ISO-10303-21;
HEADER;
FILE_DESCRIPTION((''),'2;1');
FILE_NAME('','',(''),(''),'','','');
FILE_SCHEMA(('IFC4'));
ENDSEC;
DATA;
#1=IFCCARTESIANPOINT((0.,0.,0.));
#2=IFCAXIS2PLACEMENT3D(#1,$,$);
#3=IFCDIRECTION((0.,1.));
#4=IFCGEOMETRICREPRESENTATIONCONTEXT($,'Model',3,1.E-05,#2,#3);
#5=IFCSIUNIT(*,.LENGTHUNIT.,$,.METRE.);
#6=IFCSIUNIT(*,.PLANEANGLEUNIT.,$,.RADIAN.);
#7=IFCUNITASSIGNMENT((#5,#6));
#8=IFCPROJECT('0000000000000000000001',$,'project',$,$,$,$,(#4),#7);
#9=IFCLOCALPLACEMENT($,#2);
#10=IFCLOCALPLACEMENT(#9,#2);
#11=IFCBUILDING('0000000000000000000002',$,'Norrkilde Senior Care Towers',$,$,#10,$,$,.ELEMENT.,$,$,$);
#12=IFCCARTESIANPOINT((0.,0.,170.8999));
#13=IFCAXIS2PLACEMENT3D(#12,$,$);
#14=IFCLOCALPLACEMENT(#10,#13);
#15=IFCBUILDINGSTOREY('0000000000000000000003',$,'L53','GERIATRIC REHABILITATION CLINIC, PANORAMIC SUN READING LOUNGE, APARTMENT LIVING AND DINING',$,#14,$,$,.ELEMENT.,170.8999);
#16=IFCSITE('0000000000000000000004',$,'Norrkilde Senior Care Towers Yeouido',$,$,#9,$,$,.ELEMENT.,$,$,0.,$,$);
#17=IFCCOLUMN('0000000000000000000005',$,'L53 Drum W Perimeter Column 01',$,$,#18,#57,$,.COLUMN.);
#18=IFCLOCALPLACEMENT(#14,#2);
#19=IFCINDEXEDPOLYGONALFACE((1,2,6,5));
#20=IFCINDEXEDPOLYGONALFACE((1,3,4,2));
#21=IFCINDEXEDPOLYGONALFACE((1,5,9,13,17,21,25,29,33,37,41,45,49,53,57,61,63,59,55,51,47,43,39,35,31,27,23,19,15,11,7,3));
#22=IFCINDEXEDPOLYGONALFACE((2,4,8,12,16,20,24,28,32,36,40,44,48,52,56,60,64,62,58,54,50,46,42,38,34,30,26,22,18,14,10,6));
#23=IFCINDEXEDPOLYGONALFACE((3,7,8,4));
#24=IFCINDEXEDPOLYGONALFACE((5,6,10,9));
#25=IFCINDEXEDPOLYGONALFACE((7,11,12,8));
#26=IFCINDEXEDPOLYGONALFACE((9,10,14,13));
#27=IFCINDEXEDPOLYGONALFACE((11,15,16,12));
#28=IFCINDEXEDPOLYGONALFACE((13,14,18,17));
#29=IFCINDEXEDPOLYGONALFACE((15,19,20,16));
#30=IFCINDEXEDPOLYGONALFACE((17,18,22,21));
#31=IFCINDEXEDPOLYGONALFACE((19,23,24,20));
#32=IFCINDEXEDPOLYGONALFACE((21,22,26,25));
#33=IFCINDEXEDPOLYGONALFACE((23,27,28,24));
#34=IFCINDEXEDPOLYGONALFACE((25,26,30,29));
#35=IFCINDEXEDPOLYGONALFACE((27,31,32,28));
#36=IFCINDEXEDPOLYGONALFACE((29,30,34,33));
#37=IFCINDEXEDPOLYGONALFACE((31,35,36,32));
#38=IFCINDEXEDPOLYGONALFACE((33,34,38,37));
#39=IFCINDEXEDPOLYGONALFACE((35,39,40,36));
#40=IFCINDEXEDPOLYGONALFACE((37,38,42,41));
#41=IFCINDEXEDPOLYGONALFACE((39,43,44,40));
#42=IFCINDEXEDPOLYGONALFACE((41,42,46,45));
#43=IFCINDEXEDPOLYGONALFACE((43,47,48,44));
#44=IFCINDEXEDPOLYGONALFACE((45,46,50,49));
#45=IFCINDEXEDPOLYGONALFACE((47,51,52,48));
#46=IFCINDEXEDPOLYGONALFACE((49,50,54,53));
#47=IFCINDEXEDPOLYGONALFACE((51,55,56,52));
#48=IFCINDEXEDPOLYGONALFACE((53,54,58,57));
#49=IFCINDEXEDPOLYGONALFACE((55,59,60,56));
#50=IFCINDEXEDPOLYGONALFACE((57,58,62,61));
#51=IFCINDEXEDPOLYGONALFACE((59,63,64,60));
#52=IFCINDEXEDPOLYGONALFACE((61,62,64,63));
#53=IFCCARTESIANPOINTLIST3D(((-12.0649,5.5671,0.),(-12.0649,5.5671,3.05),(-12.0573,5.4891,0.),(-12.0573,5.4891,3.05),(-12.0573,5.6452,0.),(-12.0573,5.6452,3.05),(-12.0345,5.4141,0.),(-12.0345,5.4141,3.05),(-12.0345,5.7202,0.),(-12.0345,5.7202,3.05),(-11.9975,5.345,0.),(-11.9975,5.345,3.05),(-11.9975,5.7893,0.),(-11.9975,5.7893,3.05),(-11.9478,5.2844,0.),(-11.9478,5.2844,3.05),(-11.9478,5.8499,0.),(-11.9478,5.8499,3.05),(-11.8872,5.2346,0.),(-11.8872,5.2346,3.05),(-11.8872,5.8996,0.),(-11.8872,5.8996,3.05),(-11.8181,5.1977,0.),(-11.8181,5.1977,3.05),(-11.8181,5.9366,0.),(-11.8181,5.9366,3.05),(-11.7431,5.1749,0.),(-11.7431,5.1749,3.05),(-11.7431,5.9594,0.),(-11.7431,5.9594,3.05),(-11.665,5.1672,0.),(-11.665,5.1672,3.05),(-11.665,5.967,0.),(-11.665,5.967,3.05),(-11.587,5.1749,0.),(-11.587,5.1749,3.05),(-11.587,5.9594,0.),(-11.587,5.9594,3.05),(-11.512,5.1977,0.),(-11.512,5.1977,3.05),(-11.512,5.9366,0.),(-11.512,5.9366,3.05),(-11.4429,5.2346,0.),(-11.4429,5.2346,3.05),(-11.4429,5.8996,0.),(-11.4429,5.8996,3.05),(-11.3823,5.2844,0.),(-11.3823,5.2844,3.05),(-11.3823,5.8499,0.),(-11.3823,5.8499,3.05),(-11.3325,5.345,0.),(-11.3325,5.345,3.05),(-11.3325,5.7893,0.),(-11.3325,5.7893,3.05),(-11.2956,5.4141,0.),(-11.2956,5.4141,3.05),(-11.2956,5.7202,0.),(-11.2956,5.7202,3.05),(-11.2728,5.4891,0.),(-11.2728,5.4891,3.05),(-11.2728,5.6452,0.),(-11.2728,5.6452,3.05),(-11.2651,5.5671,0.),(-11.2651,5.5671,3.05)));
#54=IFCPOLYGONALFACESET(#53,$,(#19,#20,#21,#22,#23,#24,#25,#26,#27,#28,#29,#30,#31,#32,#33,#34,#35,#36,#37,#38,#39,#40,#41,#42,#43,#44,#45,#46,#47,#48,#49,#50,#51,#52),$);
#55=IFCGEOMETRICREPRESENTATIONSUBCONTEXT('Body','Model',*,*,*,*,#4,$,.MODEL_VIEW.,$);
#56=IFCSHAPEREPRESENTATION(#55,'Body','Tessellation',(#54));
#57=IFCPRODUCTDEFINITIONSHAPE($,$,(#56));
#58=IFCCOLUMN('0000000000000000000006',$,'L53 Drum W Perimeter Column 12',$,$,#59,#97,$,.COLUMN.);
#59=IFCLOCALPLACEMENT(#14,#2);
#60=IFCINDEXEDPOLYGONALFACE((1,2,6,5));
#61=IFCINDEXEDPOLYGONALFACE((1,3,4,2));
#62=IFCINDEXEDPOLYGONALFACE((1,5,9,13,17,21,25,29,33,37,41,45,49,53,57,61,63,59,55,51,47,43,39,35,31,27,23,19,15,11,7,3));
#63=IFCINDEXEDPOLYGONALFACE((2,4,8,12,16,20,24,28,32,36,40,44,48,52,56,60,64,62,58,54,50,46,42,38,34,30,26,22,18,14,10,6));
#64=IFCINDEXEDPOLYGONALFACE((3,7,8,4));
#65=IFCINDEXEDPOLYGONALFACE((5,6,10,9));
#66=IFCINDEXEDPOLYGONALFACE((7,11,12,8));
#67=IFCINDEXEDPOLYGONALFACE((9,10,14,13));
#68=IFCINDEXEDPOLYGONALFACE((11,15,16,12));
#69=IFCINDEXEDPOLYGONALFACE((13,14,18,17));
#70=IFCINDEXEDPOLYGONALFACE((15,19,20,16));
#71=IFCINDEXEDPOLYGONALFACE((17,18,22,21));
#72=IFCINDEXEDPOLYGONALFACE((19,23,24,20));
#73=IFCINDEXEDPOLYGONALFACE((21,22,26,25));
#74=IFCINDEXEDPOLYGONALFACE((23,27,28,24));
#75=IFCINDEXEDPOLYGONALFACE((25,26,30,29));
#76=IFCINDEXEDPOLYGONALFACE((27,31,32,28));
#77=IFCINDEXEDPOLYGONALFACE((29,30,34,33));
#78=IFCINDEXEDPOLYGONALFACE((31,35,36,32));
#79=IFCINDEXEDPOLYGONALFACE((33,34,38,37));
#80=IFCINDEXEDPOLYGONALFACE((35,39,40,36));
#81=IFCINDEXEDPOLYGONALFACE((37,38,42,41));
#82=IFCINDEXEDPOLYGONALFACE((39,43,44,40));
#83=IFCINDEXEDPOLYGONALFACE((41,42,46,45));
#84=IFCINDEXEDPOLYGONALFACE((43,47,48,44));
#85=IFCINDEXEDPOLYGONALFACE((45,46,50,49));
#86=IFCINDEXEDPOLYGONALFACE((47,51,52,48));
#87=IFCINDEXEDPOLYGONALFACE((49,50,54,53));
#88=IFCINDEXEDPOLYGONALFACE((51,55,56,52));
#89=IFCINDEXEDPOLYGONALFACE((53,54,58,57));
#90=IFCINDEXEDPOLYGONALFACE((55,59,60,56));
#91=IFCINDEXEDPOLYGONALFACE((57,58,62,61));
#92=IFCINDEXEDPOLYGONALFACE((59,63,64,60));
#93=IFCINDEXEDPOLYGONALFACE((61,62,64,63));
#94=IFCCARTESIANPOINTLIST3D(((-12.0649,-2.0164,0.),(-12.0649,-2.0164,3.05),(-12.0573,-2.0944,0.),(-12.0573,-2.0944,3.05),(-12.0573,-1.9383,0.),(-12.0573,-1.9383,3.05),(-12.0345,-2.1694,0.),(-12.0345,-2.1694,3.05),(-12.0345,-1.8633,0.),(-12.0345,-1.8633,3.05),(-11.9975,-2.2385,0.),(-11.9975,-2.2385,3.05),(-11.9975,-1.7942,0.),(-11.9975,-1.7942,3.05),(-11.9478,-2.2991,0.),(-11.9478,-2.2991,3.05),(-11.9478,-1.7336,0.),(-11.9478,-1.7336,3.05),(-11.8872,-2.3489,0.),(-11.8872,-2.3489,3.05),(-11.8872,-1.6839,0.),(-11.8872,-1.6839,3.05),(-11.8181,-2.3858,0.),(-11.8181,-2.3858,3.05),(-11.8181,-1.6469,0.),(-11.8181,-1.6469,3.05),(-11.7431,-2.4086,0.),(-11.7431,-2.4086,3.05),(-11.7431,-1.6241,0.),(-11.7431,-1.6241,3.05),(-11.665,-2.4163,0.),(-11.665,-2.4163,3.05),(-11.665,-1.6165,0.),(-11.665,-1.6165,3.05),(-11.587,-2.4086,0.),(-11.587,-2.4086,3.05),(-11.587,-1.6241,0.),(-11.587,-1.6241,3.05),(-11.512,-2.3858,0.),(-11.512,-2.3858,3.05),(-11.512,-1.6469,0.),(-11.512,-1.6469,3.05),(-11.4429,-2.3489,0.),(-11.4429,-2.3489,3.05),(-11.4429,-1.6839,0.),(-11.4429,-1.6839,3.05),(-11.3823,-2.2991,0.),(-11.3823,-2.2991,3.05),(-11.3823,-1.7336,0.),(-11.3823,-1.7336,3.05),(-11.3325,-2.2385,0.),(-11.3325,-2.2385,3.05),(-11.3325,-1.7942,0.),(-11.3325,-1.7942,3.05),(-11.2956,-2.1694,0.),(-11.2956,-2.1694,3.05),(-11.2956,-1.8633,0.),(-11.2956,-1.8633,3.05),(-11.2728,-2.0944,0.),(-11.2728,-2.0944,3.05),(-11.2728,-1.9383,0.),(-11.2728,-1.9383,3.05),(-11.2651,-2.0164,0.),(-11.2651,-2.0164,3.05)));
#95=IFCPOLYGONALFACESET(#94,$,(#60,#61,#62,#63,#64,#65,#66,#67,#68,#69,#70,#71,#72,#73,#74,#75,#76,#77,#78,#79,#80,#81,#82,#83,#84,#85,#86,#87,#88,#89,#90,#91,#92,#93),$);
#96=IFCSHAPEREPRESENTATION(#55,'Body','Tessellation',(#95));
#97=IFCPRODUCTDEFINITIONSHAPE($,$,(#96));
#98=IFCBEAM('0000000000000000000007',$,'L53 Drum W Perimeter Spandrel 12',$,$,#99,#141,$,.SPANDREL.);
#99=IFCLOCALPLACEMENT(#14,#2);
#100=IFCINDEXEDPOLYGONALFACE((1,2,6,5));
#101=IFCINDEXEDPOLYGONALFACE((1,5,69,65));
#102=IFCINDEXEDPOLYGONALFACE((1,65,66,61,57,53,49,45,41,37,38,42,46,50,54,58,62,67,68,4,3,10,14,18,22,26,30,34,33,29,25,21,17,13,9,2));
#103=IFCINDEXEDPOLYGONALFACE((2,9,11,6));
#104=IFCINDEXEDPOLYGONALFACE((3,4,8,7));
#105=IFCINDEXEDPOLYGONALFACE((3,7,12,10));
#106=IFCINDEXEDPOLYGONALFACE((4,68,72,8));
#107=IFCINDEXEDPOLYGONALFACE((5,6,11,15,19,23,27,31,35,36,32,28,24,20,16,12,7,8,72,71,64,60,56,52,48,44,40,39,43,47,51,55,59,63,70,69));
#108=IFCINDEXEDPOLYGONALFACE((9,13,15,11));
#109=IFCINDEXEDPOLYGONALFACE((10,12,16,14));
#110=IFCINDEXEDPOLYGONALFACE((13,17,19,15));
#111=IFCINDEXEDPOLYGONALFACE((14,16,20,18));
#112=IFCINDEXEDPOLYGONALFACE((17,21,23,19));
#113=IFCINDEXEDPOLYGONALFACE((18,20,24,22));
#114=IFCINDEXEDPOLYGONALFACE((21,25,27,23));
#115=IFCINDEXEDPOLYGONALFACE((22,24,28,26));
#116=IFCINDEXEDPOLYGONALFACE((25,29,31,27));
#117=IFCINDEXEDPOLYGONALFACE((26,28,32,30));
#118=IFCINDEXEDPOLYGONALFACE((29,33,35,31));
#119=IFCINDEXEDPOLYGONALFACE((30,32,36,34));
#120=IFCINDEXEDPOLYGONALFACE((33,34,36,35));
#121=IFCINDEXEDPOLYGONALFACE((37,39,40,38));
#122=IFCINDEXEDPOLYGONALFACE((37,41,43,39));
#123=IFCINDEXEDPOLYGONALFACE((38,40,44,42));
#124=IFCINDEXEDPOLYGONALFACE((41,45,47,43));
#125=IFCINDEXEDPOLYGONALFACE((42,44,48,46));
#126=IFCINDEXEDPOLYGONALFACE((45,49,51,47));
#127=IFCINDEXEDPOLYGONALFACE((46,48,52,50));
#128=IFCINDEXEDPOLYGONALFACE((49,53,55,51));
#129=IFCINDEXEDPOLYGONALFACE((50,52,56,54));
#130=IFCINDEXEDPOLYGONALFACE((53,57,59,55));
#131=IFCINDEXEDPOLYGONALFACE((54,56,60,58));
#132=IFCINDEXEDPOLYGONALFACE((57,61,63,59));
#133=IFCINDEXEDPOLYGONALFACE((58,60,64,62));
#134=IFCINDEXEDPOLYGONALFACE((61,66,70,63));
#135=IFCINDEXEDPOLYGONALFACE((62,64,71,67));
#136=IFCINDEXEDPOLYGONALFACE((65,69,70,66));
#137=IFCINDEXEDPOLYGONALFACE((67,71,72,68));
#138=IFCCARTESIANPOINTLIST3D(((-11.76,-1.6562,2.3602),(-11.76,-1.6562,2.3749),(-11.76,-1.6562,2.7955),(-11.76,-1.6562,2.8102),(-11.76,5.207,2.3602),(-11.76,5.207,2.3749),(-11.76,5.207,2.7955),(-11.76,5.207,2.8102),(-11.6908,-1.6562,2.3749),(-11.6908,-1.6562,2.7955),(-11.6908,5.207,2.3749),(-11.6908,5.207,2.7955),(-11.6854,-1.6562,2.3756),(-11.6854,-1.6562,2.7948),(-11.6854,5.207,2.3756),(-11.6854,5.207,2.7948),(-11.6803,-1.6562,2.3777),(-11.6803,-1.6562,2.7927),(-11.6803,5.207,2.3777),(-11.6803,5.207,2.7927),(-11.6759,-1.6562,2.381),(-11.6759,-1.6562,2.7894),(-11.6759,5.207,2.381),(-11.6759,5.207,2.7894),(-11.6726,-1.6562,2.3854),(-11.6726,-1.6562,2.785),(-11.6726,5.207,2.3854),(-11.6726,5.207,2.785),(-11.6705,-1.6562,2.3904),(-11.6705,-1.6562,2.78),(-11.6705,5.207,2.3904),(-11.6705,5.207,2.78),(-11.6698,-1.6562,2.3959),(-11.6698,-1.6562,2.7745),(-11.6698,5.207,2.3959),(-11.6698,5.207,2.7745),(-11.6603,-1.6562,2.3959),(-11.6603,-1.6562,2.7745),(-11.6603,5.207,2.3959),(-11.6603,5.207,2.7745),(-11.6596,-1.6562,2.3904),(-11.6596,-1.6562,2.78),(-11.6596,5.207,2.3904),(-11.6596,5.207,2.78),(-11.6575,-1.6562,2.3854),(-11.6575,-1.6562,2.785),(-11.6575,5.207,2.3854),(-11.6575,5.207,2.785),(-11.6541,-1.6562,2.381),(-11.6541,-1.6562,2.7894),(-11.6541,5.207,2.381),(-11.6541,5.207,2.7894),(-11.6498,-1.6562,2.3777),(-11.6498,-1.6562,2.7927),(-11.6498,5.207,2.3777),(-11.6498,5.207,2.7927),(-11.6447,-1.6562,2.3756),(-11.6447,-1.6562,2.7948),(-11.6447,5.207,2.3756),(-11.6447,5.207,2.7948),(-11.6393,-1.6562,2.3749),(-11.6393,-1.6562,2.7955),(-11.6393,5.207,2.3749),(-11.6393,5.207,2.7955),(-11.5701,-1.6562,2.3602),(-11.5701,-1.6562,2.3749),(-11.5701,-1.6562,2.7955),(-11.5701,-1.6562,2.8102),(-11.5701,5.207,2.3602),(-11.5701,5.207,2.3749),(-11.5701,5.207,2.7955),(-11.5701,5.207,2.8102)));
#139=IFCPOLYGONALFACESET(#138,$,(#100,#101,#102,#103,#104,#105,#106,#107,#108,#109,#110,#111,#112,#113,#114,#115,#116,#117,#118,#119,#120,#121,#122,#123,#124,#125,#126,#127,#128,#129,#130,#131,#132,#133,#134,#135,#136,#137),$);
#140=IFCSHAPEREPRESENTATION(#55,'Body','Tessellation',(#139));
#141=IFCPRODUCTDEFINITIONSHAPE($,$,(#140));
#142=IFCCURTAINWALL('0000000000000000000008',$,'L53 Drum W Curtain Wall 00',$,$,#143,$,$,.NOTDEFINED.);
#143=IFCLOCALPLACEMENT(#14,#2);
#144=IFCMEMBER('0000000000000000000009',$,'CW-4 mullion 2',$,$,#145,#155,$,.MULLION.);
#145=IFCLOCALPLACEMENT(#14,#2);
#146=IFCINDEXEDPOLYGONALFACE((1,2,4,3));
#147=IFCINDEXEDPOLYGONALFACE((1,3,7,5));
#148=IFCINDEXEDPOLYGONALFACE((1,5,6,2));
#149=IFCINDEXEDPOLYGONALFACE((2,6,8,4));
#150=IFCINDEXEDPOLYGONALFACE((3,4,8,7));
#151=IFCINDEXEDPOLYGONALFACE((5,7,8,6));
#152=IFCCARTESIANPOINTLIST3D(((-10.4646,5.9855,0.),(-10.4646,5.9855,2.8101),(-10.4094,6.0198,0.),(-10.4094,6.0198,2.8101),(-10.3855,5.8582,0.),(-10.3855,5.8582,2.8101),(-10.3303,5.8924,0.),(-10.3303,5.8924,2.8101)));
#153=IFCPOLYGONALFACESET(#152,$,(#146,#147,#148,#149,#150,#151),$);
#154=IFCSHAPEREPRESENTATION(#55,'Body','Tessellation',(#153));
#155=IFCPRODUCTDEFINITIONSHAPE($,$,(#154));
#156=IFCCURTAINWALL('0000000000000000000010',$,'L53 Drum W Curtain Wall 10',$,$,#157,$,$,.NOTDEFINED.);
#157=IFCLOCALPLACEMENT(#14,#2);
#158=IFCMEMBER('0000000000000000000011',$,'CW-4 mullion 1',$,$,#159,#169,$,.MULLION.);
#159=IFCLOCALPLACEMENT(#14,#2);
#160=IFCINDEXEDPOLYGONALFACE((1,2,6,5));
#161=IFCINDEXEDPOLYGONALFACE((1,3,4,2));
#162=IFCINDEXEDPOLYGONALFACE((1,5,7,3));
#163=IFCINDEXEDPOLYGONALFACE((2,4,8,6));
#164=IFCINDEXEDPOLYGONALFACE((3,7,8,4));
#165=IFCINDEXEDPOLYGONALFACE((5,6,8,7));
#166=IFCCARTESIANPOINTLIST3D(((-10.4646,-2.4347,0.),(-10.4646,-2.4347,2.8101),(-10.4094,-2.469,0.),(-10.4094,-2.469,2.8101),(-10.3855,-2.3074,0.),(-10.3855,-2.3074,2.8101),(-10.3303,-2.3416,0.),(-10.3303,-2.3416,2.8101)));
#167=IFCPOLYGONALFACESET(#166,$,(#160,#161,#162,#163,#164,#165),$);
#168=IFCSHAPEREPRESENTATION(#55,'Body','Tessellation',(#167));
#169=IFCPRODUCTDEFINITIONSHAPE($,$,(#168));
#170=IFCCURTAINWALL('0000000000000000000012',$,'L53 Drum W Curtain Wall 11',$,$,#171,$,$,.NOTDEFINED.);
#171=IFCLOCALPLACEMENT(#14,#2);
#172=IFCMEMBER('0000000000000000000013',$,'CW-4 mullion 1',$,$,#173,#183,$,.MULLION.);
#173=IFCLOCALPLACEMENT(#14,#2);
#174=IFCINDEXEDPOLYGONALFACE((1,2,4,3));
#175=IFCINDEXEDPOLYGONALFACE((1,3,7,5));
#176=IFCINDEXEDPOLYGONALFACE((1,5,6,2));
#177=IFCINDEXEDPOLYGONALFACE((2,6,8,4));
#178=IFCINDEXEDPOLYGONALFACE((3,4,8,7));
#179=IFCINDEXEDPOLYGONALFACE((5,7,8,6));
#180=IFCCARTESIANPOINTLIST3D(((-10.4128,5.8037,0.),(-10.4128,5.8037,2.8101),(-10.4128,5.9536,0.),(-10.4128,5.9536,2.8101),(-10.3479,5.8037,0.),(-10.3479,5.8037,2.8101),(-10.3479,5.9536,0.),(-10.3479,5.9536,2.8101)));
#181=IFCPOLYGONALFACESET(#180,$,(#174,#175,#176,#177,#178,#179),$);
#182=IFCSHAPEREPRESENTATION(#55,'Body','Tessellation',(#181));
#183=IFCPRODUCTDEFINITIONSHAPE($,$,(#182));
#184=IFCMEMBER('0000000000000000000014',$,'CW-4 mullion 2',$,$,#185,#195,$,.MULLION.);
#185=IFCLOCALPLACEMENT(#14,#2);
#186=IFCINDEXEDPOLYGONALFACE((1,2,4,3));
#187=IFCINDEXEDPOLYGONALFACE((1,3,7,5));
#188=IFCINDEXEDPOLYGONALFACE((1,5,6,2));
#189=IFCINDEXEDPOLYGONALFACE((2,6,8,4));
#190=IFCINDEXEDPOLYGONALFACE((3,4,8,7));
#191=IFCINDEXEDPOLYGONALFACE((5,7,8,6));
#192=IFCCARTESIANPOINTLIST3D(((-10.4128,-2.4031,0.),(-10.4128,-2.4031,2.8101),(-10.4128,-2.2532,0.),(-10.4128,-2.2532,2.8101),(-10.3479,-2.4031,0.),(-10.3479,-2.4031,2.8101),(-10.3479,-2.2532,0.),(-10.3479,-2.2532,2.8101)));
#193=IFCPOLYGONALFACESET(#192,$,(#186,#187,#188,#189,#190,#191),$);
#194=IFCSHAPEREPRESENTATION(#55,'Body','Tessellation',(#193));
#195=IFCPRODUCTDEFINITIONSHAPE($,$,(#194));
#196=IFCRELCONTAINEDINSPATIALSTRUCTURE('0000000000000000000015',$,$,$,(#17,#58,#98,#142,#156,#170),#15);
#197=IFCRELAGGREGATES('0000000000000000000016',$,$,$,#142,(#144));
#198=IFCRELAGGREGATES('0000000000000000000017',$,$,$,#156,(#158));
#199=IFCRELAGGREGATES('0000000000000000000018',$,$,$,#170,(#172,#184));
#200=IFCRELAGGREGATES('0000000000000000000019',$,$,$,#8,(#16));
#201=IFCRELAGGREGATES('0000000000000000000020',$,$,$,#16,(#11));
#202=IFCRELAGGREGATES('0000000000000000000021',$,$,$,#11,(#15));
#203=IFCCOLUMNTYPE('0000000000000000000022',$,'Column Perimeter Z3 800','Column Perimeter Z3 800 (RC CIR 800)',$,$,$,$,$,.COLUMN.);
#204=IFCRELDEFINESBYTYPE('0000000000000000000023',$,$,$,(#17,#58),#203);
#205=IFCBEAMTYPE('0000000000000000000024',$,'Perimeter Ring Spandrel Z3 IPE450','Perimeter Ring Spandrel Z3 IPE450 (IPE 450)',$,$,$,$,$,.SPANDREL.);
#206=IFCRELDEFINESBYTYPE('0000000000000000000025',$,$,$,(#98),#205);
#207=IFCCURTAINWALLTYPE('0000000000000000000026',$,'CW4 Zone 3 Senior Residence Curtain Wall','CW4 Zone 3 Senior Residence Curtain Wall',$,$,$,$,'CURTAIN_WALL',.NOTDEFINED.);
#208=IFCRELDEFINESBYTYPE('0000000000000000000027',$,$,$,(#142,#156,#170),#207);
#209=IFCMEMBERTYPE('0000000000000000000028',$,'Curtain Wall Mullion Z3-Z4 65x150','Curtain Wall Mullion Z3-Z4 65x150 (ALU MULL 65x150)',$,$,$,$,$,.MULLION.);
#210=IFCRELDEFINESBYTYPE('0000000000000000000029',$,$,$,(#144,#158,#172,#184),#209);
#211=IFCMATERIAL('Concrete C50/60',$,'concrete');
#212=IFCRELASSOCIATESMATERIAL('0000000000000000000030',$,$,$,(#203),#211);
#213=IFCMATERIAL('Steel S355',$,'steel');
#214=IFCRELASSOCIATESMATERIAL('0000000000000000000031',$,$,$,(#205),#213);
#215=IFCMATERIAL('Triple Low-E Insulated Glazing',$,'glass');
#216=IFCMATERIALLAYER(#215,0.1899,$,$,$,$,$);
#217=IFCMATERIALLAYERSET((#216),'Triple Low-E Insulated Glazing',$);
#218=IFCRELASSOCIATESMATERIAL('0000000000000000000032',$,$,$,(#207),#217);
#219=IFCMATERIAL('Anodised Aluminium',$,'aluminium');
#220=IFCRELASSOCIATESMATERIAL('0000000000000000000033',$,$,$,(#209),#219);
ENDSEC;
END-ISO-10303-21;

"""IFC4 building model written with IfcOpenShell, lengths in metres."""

from ifc_helpers import new_model, si_unit, direction, frame, origin, origin_2d, place, context, subcontext, project, spatial, rectangle, circle, i_section, extrude, source, transform, mapped, material, layer, layer_set, material_profile, profile_set, type_object, type_shapes, element, aggregate, save


model = new_model("IFC4")

# Units and contexts
model_context = context("Model", 3, precision=1e-05, world=origin(), true_north=direction((0.0, 1.0)))
body_context = subcontext(model_context, "Body", "Model", "MODEL_VIEW")
ifc_project = project(units=[si_unit("LENGTHUNIT", "METRE"), si_unit("PLANEANGLEUNIT", "RADIAN")], contexts=[model_context])

# Site, building, storey
site_placement = place(None, origin())
site = spatial("IfcSite", under=ifc_project, at=site_placement, Name="Norrkilde Senior Care Towers Yeouido", CompositionType="ELEMENT", RefElevation=0.0)
building_placement = place(site_placement, origin())
building = spatial("IfcBuilding", under=site, at=building_placement, Name="Norrkilde Senior Care Towers", CompositionType="ELEMENT")
storey_placement = place(building_placement, frame((0.0, 0.0, 170.8999)))
storey = spatial("IfcBuildingStorey", under=building, at=storey_placement, Name="L53", Description="GERIATRIC REHABILITATION CLINIC, PANORAMIC SUN READING LOUNGE, APARTMENT LIVING AND DINING", CompositionType="ELEMENT", Elevation=170.8999)

# Columns
ifc_material_1 = material(Name="Concrete C50/60", Category="concrete")
ifc_material_profile_1 = material_profile(ifc_material_1, circle(Radius=0.3999, at=origin_2d()), Name="RC CIR 800")
ifc_profile_set_1 = profile_set([ifc_material_profile_1], Name="Concrete C50/60")
column_type = type_object("IfcColumnType", Name="Column Perimeter Z3 800", Description="Column Perimeter Z3 800 (RC CIR 800)", PredefinedType="COLUMN", material=ifc_profile_set_1)
shared_shape_1 = source(origin(), body_context, "Body", "SweptSolid", [
    extrude(circle(Radius=0.3999, at=origin_2d()), origin(), (0.0, 0.0, 1.0), 3.05),
])
type_shapes(column_type, [shared_shape_1])
for number, where, z_axis, x_axis, name in (
    (1, (-11.665, 5.5671, 0.0), (0.0, 0.0, 1.0), (1.0, 0.0, 0.0), "L53 Drum W Perimeter Column 01"),
    (2, (-11.665, -2.0164, 0.0), (0.0, 0.0, 1.0), (1.0, 0.0, 0.0), "L53 Drum W Perimeter Column 12"),
):
    element("IfcColumn", number, at=place(storey_placement, frame(where, z_axis=z_axis, x_axis=x_axis)), inside=storey, type_object=column_type, Name=name, PredefinedType="COLUMN", context=body_context, shape_type="MappedRepresentation", body=[
        mapped(shared_shape_1, transform((0.0, 0.0, 0.0), x_axis=(1.0, 0.0, 0.0), y_axis=(0.0, 1.0, 0.0), z_axis=(0.0, 0.0, 1.0), scale=1.0)),
    ])

# Beam
ifc_material_2 = material(Name="Steel S355", Category="steel")
ifc_material_profile_2 = material_profile(ifc_material_2, i_section(OverallWidth=0.1899, OverallDepth=0.45, WebThickness=0.0095, FlangeThickness=0.0146, FilletRadius=0.021, at=origin_2d()), Name="IPE 450")
ifc_profile_set_2 = profile_set([ifc_material_profile_2], Name="Steel S355")
beam_type = type_object("IfcBeamType", Name="Perimeter Ring Spandrel Z3 IPE450", Description="Perimeter Ring Spandrel Z3 IPE450 (IPE 450)", PredefinedType="SPANDREL", material=ifc_profile_set_2)
shared_shape_2 = source(origin(), body_context, "Body", "SweptSolid", [
    extrude(i_section(OverallWidth=0.1899, OverallDepth=0.45, WebThickness=0.0095, FlangeThickness=0.0146, FilletRadius=0.021, at=origin_2d()), origin(), (0.0, 0.0, 1.0), 6.8633),
])
type_shapes(beam_type, [shared_shape_2])
beam_placement = place(storey_placement, frame((-11.665, -1.6562, 2.5852), z_axis=(0.0, 1.0, 0.0), x_axis=(-1.0, 0.0, 0.0)))
element("IfcBeam", 3, at=beam_placement, inside=storey, type_object=beam_type, Name="L53 Drum W Perimeter Spandrel 12", PredefinedType="SPANDREL", context=body_context, shape_type="MappedRepresentation", body=[
    mapped(shared_shape_2, transform((0.0, 0.0, 0.0), x_axis=(1.0, 0.0, 0.0), y_axis=(0.0, 1.0, 0.0), z_axis=(0.0, 0.0, 1.0), scale=1.0)),
])

# Curtain walls, members
ifc_material_3 = material(Name="Triple Low-E Insulated Glazing", Category="glass")
ifc_layer_1 = layer(ifc_material_3, 0.1899)
ifc_layer_set_1 = layer_set([ifc_layer_1], Name="Triple Low-E Insulated Glazing")
curtain_wall_type = type_object("IfcCurtainWallType", Name="CW4 Zone 3 Senior Residence Curtain Wall", Description="CW4 Zone 3 Senior Residence Curtain Wall", ElementType="CURTAIN_WALL", PredefinedType="NOTDEFINED", material=ifc_layer_set_1)
curtain_wall_1_placement = place(storey_placement, origin())
curtain_wall_1 = element("IfcCurtainWall", 4, at=curtain_wall_1_placement, inside=storey, type_object=curtain_wall_type, Name="L53 Drum W Curtain Wall 00", PredefinedType="NOTDEFINED")
ifc_material_4 = material(Name="Anodised Aluminium", Category="aluminium")
ifc_material_profile_3 = material_profile(ifc_material_4, rectangle(XDim=0.0649, YDim=0.1499, at=origin_2d()), Name="ALU MULL 65x150")
ifc_profile_set_3 = profile_set([ifc_material_profile_3], Name="Anodised Aluminium")
member_type_1 = type_object("IfcMemberType", Name="Curtain Wall Mullion Z3-Z4 65x150", Description="Curtain Wall Mullion Z3-Z4 65x150 (ALU MULL 65x150)", PredefinedType="MULLION", material=ifc_profile_set_3)
shared_shape_3 = source(origin(), body_context, "Body", "SweptSolid", [
    extrude(rectangle(XDim=0.0649, YDim=0.1499, at=origin_2d()), origin(), (0.0, 0.0, 1.0), 2.8101),
])
type_shapes(member_type_1, [shared_shape_3])
member_1_placement = place(storey_placement, frame((-10.3975, 5.939, 0.0), z_axis=(0.0, 0.0, 1.0), x_axis=(0.849634, 0.527373, 0.0)))
member_1 = element("IfcMember", 5, at=member_1_placement, type_object=member_type_1, Name="CW-4 mullion 2", PredefinedType="MULLION", context=body_context, shape_type="MappedRepresentation", body=[
    mapped(shared_shape_3, transform((0.0, 0.0, 0.0), x_axis=(1.0, 0.0, 0.0), y_axis=(0.0, 1.0, 0.0), z_axis=(0.0, 0.0, 1.0), scale=1.0)),
])
aggregate(curtain_wall_1, [member_1])
curtain_wall_2_placement = place(storey_placement, origin())
curtain_wall_2 = element("IfcCurtainWall", 6, at=curtain_wall_2_placement, inside=storey, type_object=curtain_wall_type, Name="L53 Drum W Curtain Wall 10", PredefinedType="NOTDEFINED")
member_2_placement = place(storey_placement, frame((-10.3975, -2.3882, 0.0), z_axis=(0.0, 0.0, 1.0), x_axis=(0.849634, -0.527373, 0.0)))
member_2 = element("IfcMember", 7, at=member_2_placement, type_object=member_type_1, Name="CW-4 mullion 1", PredefinedType="MULLION", context=body_context, shape_type="MappedRepresentation", body=[
    mapped(shared_shape_3, transform((0.0, 0.0, 0.0), x_axis=(1.0, 0.0, 0.0), y_axis=(0.0, 1.0, 0.0), z_axis=(0.0, 0.0, 1.0), scale=1.0)),
])

# Curtain wall, members
curtain_wall_3_placement = place(storey_placement, origin())
curtain_wall_3 = element("IfcCurtainWall", 8, at=curtain_wall_3_placement, inside=storey, type_object=curtain_wall_type, Name="L53 Drum W Curtain Wall 11", PredefinedType="NOTDEFINED")
member_3_placement = place(storey_placement, frame((-10.3804, 5.8787, 0.0), z_axis=(0.0, 0.0, 1.0), x_axis=(1.0, 0.0, 0.0)))
member_3 = element("IfcMember", 9, at=member_3_placement, type_object=member_type_1, Name="CW-4 mullion 1", PredefinedType="MULLION", context=body_context, shape_type="MappedRepresentation", body=[
    mapped(shared_shape_3, transform((0.0, 0.0, 0.0), x_axis=(1.0, 0.0, 0.0), y_axis=(0.0, 1.0, 0.0), z_axis=(0.0, 0.0, 1.0), scale=1.0)),
])
member_4_placement = place(storey_placement, frame((-10.3804, -2.3281, 0.0), z_axis=(0.0, 0.0, 1.0), x_axis=(1.0, 0.0, 0.0)))
member_4 = element("IfcMember", 10, at=member_4_placement, type_object=member_type_1, Name="CW-4 mullion 2", PredefinedType="MULLION", context=body_context, shape_type="MappedRepresentation", body=[
    mapped(shared_shape_3, transform((0.0, 0.0, 0.0), x_axis=(1.0, 0.0, 0.0), y_axis=(0.0, 1.0, 0.0), z_axis=(0.0, 0.0, 1.0), scale=1.0)),
])

aggregate(curtain_wall_2, [member_2])

aggregate(curtain_wall_3, [member_3, member_4])

save(model, "model.ifc")
